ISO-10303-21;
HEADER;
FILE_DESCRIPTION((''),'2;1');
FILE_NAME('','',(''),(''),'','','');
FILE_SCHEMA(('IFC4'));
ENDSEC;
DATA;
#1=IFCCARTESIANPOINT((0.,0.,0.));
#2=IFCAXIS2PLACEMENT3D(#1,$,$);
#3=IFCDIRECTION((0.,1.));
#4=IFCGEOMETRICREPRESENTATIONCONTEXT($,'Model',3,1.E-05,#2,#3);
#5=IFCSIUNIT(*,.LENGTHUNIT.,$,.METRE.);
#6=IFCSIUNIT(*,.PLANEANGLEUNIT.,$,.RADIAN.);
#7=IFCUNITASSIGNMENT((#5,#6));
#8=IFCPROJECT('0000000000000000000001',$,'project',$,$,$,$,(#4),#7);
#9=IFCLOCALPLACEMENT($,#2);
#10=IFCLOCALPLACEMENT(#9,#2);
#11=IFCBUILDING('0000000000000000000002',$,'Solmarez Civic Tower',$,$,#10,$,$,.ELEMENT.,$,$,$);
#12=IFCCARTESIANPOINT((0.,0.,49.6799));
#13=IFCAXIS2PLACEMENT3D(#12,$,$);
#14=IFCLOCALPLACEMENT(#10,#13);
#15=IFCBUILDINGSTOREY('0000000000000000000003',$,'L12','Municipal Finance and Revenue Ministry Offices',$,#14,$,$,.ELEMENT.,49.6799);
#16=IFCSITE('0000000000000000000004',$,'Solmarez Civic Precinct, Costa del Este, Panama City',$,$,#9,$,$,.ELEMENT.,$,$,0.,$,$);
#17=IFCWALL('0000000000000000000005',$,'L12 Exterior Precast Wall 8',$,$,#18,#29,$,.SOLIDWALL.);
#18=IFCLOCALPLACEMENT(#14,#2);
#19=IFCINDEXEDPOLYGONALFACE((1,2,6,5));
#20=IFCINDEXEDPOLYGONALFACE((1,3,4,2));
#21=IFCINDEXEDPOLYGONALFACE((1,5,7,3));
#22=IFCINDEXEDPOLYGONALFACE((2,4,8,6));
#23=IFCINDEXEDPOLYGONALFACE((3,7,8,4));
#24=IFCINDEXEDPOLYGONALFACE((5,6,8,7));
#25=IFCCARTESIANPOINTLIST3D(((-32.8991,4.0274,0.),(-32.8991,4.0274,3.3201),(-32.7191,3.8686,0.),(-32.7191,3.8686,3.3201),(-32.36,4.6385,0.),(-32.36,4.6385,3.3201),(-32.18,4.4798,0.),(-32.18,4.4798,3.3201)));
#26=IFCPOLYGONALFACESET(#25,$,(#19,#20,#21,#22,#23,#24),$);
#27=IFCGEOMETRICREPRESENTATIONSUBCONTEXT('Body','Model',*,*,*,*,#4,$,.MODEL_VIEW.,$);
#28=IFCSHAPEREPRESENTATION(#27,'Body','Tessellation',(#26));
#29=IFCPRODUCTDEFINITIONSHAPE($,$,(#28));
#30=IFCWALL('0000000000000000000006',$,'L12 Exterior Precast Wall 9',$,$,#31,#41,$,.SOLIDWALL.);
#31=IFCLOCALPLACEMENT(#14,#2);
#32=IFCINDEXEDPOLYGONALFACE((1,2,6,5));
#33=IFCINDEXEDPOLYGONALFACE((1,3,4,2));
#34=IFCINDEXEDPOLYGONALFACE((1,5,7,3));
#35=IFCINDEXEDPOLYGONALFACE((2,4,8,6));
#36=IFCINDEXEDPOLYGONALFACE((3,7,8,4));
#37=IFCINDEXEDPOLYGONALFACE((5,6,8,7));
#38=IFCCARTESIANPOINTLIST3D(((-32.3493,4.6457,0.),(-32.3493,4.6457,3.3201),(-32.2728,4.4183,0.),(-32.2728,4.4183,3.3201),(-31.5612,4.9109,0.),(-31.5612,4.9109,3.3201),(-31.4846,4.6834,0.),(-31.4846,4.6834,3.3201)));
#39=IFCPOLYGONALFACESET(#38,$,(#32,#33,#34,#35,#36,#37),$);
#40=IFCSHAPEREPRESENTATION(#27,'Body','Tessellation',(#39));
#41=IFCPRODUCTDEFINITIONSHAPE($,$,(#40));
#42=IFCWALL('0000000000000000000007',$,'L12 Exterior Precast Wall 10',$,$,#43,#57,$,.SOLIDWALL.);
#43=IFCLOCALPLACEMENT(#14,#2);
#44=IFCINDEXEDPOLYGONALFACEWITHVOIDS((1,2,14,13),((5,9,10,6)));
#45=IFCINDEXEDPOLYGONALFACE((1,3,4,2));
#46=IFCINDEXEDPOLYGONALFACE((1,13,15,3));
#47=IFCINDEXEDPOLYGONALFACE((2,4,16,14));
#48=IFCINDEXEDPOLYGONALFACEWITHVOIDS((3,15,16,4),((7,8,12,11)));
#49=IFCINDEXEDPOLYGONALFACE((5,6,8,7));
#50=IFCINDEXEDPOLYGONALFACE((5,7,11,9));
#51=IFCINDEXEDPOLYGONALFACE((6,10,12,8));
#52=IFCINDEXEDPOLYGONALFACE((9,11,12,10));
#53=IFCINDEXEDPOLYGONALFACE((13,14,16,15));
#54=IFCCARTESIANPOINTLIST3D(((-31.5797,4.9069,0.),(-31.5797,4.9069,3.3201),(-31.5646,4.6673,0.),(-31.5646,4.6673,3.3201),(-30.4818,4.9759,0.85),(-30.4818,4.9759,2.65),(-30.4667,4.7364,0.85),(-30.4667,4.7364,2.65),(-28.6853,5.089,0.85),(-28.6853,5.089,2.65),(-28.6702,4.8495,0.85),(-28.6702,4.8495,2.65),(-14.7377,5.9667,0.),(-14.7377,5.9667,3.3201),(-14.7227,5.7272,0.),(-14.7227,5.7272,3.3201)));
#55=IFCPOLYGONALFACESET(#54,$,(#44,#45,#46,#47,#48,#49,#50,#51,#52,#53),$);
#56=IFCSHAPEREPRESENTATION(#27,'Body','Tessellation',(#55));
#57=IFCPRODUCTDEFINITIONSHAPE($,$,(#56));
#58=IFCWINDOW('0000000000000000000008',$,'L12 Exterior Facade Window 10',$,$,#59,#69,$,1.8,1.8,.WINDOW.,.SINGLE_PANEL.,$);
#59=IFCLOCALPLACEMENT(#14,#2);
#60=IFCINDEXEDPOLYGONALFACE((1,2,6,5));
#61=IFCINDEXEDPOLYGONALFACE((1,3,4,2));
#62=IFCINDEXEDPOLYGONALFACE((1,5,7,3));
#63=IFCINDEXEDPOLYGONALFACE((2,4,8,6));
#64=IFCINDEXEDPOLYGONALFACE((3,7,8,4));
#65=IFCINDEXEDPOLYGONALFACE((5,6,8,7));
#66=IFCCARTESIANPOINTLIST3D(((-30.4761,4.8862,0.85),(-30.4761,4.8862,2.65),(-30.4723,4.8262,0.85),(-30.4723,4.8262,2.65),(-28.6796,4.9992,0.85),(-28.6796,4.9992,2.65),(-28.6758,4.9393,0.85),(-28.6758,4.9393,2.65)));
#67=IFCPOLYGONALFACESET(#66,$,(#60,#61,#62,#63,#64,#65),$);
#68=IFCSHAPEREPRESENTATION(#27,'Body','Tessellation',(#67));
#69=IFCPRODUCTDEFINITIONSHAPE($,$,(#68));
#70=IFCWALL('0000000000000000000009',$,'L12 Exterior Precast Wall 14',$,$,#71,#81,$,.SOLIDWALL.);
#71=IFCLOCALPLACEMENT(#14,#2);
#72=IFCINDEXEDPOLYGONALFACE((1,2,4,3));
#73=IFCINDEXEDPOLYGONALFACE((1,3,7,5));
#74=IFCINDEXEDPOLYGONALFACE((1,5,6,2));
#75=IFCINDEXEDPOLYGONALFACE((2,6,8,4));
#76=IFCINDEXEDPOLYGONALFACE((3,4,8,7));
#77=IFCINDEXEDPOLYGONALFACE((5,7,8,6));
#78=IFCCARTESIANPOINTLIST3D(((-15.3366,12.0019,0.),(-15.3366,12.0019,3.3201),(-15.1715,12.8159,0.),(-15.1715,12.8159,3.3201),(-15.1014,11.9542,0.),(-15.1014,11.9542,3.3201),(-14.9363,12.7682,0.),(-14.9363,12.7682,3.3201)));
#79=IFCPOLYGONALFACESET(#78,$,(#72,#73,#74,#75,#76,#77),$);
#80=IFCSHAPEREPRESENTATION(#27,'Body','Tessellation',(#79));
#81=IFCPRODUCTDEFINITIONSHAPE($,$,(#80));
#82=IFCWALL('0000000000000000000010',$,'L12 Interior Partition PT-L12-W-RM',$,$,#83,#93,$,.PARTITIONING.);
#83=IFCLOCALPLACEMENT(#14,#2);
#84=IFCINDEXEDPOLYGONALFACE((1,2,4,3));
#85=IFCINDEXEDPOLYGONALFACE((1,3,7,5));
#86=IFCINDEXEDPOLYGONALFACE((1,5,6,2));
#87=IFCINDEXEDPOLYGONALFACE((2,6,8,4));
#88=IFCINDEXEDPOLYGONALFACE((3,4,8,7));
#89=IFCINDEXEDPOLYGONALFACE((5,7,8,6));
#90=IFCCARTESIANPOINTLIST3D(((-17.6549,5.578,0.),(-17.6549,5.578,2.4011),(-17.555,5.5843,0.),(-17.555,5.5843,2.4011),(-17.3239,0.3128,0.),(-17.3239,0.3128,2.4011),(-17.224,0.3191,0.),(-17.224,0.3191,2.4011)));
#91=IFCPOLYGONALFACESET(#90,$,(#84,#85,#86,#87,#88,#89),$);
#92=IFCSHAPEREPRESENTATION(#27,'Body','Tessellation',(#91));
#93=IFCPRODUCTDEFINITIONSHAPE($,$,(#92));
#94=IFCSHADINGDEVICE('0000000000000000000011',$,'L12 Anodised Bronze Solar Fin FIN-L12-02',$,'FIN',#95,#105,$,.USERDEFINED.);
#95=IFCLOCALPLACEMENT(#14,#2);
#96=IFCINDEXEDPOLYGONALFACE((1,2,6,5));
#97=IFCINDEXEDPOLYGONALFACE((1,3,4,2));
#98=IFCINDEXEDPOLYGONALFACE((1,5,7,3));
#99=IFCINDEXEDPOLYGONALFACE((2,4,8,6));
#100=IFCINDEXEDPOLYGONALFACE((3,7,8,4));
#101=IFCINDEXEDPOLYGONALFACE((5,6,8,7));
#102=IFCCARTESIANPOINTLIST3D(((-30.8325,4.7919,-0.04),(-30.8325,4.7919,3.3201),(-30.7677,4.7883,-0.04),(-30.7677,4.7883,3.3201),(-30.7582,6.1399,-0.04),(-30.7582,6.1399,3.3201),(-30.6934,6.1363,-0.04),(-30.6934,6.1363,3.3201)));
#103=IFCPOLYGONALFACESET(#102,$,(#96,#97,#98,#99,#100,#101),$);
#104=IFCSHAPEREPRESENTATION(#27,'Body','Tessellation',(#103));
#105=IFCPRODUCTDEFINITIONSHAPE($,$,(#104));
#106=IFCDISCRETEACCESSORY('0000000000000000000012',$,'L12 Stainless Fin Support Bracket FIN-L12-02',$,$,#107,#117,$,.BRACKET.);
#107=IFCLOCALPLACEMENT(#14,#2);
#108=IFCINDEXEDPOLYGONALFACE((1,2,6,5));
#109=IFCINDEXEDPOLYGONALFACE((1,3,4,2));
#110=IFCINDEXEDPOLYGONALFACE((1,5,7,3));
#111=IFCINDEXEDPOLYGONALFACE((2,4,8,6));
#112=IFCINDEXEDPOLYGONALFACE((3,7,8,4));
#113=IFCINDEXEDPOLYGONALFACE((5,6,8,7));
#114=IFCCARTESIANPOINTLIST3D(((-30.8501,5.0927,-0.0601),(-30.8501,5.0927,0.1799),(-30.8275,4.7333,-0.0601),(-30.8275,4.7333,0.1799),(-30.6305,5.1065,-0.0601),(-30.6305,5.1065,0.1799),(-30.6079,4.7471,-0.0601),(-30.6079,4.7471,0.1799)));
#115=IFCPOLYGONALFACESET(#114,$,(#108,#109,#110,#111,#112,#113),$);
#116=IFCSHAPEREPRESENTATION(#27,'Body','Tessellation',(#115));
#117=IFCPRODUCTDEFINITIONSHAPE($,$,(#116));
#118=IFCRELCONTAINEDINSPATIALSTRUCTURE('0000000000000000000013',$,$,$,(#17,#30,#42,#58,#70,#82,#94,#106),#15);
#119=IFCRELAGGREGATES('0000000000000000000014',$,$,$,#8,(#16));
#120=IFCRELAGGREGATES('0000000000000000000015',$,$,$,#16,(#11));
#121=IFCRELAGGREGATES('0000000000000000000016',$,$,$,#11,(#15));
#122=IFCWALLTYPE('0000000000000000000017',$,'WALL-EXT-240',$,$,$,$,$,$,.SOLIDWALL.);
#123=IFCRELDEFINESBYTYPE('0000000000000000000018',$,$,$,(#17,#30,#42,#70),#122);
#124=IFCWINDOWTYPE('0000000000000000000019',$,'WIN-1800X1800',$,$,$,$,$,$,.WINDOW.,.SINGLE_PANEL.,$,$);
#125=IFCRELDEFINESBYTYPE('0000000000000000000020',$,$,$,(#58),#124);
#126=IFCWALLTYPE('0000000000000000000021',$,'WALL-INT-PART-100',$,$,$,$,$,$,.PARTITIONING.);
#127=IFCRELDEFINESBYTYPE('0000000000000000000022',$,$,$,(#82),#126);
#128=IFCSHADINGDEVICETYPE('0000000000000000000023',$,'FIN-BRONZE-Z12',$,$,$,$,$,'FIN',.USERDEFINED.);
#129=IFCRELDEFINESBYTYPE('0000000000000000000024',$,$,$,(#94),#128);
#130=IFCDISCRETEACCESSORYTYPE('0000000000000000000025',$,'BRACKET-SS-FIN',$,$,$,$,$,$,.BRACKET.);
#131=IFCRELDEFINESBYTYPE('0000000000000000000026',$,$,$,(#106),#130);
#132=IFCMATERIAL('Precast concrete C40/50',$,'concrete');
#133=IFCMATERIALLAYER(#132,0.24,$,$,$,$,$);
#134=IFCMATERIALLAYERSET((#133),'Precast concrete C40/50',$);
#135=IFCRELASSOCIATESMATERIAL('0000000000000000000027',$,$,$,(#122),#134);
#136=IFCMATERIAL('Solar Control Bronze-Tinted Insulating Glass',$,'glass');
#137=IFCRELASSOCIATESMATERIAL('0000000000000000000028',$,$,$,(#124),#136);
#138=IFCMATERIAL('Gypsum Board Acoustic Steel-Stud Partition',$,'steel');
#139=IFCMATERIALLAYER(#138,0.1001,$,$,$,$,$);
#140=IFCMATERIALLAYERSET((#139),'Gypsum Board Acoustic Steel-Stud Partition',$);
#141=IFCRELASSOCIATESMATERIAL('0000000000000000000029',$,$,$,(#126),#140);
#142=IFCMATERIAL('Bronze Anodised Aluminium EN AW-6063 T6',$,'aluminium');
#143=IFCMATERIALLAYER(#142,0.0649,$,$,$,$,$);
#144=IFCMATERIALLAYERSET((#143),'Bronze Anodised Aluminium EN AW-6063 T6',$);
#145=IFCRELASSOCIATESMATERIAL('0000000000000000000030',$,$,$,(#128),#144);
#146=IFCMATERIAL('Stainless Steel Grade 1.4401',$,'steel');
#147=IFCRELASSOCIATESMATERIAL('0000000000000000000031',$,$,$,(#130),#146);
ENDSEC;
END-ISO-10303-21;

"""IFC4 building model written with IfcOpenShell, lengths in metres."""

from ifc_helpers import new_model, si_unit, direction, frame, frame_2d, origin, origin_2d, place, context, subcontext, project, spatial, rectangle, extrude, material, layer, layer_set, type_object, element, fill, save


model = new_model("IFC4")

# Units and contexts
model_context = context("Model", 3, precision=1e-05, world=origin(), true_north=direction((0.0, 1.0)))
body_context = subcontext(model_context, "Body", "Model", "MODEL_VIEW")
ifc_project = project(units=[si_unit("LENGTHUNIT", "METRE"), si_unit("PLANEANGLEUNIT", "RADIAN")], contexts=[model_context])

# Site, building, storey
site_placement = place(None, origin())
site = spatial("IfcSite", under=ifc_project, at=site_placement, Name="Solmarez Civic Precinct, Costa del Este, Panama City", CompositionType="ELEMENT", RefElevation=0.0)
building_placement = place(site_placement, origin())
building = spatial("IfcBuilding", under=site, at=building_placement, Name="Solmarez Civic Tower", CompositionType="ELEMENT")
storey_placement = place(building_placement, frame((0.0, 0.0, 49.6799)))
storey = spatial("IfcBuildingStorey", under=building, at=storey_placement, Name="L12", Description="Municipal Finance and Revenue Ministry Offices", CompositionType="ELEMENT", Elevation=49.6799)

# Walls
ifc_material_1 = material(Name="Precast concrete C40/50", Category="concrete")
ifc_layer_1 = layer(ifc_material_1, 0.24)
ifc_layer_set_1 = layer_set([ifc_layer_1], Name="Precast concrete C40/50")
wall_type_1 = type_object("IfcWallType", Name="WALL-EXT-240", PredefinedType="SOLIDWALL", material=ifc_layer_set_1)
wall_1_placement = place(storey_placement, frame((-32.8091, 3.948, 0.0), z_axis=(0.0, 0.0, 1.0), x_axis=(0.661532, 0.749917, 0.0)))
element("IfcWall", 1, at=wall_1_placement, inside=storey, type_object=wall_type_1, Name="L12 Exterior Precast Wall 8", PredefinedType="SOLIDWALL", context=body_context, shape_type="SweptSolid", body=[
    extrude(rectangle(XDim=0.8149, YDim=0.24, at=frame_2d((0.4075, 0.0))), origin(), (0.0, 0.0, 1.0), 3.3201),
])
wall_2_placement = place(storey_placement, frame((-32.311, 4.532, 0.0), z_axis=(0.0, 0.0, 1.0), x_axis=(0.947799, 0.318869, 0.0)))
element("IfcWall", 2, at=wall_2_placement, inside=storey, type_object=wall_type_1, Name="L12 Exterior Precast Wall 9", PredefinedType="SOLIDWALL", context=body_context, shape_type="SweptSolid", body=[
    extrude(rectangle(XDim=0.8315, YDim=0.24, at=frame_2d((0.4158, 0.0))), origin(), (0.0, 0.0, 1.0), 3.3201),
])

# Wall, opening, window
wall_3_placement = place(storey_placement, frame((-31.572, 4.7871, 0.0), z_axis=(0.0, 0.0, 1.0), x_axis=(0.998026, 0.062803, 0.0)))
wall_3 = element("IfcWall", 3, at=wall_3_placement, inside=storey, type_object=wall_type_1, Name="L12 Exterior Precast Wall 10", PredefinedType="SOLIDWALL", context=body_context, shape_type="SweptSolid", body=[
    extrude(rectangle(XDim=16.8752, YDim=0.24, at=frame_2d((8.4375, 0.0))), origin(), (0.0, 0.0, 1.0), 3.3201),
])
opening_placement = place(wall_3_placement, frame((1.1001, 0.0, 0.8501)))
opening = element("IfcOpeningElement", 4, at=opening_placement, cuts=wall_3, PredefinedType="OPENING", context=body_context, shape_type="SweptSolid", body=[
    extrude(rectangle(XDim=1.8, YDim=1.8, at=frame_2d((0.8999, 0.8999))), frame((0.0, 0.1299, 0.0), z_axis=(0.0, -1.0, 0.0), x_axis=(1.0, 0.0, 0.0)), (0.0, 0.0, 1.0), 0.26),
])
ifc_material_2 = material(Name="Solar Control Bronze-Tinted Insulating Glass", Category="glass")
window_type = type_object("IfcWindowType", Name="WIN-1800X1800", PartitioningType="SINGLE_PANEL", PredefinedType="WINDOW", material=ifc_material_2)
window_placement = place(opening_placement, origin())
window = element("IfcWindow", 5, at=window_placement, inside=storey, type_object=window_type, Name="L12 Exterior Facade Window 10", OverallHeight=1.8, OverallWidth=1.8, PartitioningType="SINGLE_PANEL", PredefinedType="WINDOW", context=body_context, shape_type="SweptSolid", body=[
    extrude(rectangle(XDim=1.8, YDim=1.8, at=frame_2d((0.8999, 0.8999))), frame((0.0, 0.03, 0.0), z_axis=(0.0, -1.0, 0.0), x_axis=(1.0, 0.0, 0.0)), (0.0, 0.0, 1.0), 0.0601),
])
fill(opening, window)

# Walls
wall_4_placement = place(storey_placement, frame((-15.219, 11.978, 0.0), z_axis=(0.0, 0.0, 1.0), x_axis=(0.198716, 0.980057, 0.0)))
element("IfcWall", 6, at=wall_4_placement, inside=storey, type_object=wall_type_1, Name="L12 Exterior Precast Wall 14", PredefinedType="SOLIDWALL", context=body_context, shape_type="SweptSolid", body=[
    extrude(rectangle(XDim=0.8306, YDim=0.24, at=frame_2d((0.4153, 0.0))), origin(), (0.0, 0.0, 1.0), 3.3201),
])
ifc_material_3 = material(Name="Gypsum Board Acoustic Steel-Stud Partition", Category="steel")
ifc_layer_2 = layer(ifc_material_3, 0.1001)
ifc_layer_set_2 = layer_set([ifc_layer_2], Name="Gypsum Board Acoustic Steel-Stud Partition")
wall_type_2 = type_object("IfcWallType", Name="WALL-INT-PART-100", PredefinedType="PARTITIONING", material=ifc_layer_set_2)
wall_5_placement = place(storey_placement, frame((-17.605, 5.5811, 0.0), z_axis=(0.0, 0.0, 1.0), x_axis=(0.062753, -0.998029, 0.0)))
element("IfcWall", 7, at=wall_5_placement, inside=storey, type_object=wall_type_2, Name="L12 Interior Partition PT-L12-W-RM", PredefinedType="PARTITIONING", context=body_context, shape_type="SweptSolid", body=[
    extrude(rectangle(XDim=5.2756, YDim=0.1001, at=frame_2d((2.6377, 0.0))), origin(), (0.0, 0.0, 1.0), 2.4011),
])

# Shading device
ifc_material_4 = material(Name="Bronze Anodised Aluminium EN AW-6063 T6", Category="aluminium")
ifc_layer_3 = layer(ifc_material_4, 0.0649)
ifc_layer_set_3 = layer_set([ifc_layer_3], Name="Bronze Anodised Aluminium EN AW-6063 T6")
shading_device_type = type_object("IfcShadingDeviceType", Name="FIN-BRONZE-Z12", ElementType="FIN", PredefinedType="USERDEFINED", material=ifc_layer_set_3)
shading_device_placement = place(storey_placement, frame((-30.7629, 5.4641, -0.04), z_axis=(0.0, 0.0, 1.0), x_axis=(0.055037, 0.998484, 0.0)))
element("IfcShadingDevice", 8, at=shading_device_placement, inside=storey, type_object=shading_device_type, Name="L12 Anodised Bronze Solar Fin FIN-L12-02", ObjectType="FIN", PredefinedType="USERDEFINED", context=body_context, shape_type="SweptSolid", body=[
    extrude(rectangle(XDim=1.3501, YDim=0.0649, at=origin_2d()), origin(), (0.0, 0.0, 1.0), 3.3601),
])

# Discrete accessory
ifc_material_5 = material(Name="Stainless Steel Grade 1.4401", Category="steel")
discrete_accessory_type = type_object("IfcDiscreteAccessoryType", Name="BRACKET-SS-FIN", PredefinedType="BRACKET", material=ifc_material_5)
discrete_accessory_placement = place(storey_placement, frame((-30.729, 4.9199, -0.0601), z_axis=(0.0, 0.0, 1.0), x_axis=(-0.062791, 0.998027, 0.0)))
element("IfcDiscreteAccessory", 9, at=discrete_accessory_placement, inside=storey, type_object=discrete_accessory_type, Name="L12 Stainless Fin Support Bracket FIN-L12-02", PredefinedType="BRACKET", context=body_context, shape_type="SweptSolid", body=[
    extrude(rectangle(XDim=0.3601, YDim=0.22, at=origin_2d()), origin(), (0.0, 0.0, 1.0), 0.24),
])

save(model, "model.ifc")
